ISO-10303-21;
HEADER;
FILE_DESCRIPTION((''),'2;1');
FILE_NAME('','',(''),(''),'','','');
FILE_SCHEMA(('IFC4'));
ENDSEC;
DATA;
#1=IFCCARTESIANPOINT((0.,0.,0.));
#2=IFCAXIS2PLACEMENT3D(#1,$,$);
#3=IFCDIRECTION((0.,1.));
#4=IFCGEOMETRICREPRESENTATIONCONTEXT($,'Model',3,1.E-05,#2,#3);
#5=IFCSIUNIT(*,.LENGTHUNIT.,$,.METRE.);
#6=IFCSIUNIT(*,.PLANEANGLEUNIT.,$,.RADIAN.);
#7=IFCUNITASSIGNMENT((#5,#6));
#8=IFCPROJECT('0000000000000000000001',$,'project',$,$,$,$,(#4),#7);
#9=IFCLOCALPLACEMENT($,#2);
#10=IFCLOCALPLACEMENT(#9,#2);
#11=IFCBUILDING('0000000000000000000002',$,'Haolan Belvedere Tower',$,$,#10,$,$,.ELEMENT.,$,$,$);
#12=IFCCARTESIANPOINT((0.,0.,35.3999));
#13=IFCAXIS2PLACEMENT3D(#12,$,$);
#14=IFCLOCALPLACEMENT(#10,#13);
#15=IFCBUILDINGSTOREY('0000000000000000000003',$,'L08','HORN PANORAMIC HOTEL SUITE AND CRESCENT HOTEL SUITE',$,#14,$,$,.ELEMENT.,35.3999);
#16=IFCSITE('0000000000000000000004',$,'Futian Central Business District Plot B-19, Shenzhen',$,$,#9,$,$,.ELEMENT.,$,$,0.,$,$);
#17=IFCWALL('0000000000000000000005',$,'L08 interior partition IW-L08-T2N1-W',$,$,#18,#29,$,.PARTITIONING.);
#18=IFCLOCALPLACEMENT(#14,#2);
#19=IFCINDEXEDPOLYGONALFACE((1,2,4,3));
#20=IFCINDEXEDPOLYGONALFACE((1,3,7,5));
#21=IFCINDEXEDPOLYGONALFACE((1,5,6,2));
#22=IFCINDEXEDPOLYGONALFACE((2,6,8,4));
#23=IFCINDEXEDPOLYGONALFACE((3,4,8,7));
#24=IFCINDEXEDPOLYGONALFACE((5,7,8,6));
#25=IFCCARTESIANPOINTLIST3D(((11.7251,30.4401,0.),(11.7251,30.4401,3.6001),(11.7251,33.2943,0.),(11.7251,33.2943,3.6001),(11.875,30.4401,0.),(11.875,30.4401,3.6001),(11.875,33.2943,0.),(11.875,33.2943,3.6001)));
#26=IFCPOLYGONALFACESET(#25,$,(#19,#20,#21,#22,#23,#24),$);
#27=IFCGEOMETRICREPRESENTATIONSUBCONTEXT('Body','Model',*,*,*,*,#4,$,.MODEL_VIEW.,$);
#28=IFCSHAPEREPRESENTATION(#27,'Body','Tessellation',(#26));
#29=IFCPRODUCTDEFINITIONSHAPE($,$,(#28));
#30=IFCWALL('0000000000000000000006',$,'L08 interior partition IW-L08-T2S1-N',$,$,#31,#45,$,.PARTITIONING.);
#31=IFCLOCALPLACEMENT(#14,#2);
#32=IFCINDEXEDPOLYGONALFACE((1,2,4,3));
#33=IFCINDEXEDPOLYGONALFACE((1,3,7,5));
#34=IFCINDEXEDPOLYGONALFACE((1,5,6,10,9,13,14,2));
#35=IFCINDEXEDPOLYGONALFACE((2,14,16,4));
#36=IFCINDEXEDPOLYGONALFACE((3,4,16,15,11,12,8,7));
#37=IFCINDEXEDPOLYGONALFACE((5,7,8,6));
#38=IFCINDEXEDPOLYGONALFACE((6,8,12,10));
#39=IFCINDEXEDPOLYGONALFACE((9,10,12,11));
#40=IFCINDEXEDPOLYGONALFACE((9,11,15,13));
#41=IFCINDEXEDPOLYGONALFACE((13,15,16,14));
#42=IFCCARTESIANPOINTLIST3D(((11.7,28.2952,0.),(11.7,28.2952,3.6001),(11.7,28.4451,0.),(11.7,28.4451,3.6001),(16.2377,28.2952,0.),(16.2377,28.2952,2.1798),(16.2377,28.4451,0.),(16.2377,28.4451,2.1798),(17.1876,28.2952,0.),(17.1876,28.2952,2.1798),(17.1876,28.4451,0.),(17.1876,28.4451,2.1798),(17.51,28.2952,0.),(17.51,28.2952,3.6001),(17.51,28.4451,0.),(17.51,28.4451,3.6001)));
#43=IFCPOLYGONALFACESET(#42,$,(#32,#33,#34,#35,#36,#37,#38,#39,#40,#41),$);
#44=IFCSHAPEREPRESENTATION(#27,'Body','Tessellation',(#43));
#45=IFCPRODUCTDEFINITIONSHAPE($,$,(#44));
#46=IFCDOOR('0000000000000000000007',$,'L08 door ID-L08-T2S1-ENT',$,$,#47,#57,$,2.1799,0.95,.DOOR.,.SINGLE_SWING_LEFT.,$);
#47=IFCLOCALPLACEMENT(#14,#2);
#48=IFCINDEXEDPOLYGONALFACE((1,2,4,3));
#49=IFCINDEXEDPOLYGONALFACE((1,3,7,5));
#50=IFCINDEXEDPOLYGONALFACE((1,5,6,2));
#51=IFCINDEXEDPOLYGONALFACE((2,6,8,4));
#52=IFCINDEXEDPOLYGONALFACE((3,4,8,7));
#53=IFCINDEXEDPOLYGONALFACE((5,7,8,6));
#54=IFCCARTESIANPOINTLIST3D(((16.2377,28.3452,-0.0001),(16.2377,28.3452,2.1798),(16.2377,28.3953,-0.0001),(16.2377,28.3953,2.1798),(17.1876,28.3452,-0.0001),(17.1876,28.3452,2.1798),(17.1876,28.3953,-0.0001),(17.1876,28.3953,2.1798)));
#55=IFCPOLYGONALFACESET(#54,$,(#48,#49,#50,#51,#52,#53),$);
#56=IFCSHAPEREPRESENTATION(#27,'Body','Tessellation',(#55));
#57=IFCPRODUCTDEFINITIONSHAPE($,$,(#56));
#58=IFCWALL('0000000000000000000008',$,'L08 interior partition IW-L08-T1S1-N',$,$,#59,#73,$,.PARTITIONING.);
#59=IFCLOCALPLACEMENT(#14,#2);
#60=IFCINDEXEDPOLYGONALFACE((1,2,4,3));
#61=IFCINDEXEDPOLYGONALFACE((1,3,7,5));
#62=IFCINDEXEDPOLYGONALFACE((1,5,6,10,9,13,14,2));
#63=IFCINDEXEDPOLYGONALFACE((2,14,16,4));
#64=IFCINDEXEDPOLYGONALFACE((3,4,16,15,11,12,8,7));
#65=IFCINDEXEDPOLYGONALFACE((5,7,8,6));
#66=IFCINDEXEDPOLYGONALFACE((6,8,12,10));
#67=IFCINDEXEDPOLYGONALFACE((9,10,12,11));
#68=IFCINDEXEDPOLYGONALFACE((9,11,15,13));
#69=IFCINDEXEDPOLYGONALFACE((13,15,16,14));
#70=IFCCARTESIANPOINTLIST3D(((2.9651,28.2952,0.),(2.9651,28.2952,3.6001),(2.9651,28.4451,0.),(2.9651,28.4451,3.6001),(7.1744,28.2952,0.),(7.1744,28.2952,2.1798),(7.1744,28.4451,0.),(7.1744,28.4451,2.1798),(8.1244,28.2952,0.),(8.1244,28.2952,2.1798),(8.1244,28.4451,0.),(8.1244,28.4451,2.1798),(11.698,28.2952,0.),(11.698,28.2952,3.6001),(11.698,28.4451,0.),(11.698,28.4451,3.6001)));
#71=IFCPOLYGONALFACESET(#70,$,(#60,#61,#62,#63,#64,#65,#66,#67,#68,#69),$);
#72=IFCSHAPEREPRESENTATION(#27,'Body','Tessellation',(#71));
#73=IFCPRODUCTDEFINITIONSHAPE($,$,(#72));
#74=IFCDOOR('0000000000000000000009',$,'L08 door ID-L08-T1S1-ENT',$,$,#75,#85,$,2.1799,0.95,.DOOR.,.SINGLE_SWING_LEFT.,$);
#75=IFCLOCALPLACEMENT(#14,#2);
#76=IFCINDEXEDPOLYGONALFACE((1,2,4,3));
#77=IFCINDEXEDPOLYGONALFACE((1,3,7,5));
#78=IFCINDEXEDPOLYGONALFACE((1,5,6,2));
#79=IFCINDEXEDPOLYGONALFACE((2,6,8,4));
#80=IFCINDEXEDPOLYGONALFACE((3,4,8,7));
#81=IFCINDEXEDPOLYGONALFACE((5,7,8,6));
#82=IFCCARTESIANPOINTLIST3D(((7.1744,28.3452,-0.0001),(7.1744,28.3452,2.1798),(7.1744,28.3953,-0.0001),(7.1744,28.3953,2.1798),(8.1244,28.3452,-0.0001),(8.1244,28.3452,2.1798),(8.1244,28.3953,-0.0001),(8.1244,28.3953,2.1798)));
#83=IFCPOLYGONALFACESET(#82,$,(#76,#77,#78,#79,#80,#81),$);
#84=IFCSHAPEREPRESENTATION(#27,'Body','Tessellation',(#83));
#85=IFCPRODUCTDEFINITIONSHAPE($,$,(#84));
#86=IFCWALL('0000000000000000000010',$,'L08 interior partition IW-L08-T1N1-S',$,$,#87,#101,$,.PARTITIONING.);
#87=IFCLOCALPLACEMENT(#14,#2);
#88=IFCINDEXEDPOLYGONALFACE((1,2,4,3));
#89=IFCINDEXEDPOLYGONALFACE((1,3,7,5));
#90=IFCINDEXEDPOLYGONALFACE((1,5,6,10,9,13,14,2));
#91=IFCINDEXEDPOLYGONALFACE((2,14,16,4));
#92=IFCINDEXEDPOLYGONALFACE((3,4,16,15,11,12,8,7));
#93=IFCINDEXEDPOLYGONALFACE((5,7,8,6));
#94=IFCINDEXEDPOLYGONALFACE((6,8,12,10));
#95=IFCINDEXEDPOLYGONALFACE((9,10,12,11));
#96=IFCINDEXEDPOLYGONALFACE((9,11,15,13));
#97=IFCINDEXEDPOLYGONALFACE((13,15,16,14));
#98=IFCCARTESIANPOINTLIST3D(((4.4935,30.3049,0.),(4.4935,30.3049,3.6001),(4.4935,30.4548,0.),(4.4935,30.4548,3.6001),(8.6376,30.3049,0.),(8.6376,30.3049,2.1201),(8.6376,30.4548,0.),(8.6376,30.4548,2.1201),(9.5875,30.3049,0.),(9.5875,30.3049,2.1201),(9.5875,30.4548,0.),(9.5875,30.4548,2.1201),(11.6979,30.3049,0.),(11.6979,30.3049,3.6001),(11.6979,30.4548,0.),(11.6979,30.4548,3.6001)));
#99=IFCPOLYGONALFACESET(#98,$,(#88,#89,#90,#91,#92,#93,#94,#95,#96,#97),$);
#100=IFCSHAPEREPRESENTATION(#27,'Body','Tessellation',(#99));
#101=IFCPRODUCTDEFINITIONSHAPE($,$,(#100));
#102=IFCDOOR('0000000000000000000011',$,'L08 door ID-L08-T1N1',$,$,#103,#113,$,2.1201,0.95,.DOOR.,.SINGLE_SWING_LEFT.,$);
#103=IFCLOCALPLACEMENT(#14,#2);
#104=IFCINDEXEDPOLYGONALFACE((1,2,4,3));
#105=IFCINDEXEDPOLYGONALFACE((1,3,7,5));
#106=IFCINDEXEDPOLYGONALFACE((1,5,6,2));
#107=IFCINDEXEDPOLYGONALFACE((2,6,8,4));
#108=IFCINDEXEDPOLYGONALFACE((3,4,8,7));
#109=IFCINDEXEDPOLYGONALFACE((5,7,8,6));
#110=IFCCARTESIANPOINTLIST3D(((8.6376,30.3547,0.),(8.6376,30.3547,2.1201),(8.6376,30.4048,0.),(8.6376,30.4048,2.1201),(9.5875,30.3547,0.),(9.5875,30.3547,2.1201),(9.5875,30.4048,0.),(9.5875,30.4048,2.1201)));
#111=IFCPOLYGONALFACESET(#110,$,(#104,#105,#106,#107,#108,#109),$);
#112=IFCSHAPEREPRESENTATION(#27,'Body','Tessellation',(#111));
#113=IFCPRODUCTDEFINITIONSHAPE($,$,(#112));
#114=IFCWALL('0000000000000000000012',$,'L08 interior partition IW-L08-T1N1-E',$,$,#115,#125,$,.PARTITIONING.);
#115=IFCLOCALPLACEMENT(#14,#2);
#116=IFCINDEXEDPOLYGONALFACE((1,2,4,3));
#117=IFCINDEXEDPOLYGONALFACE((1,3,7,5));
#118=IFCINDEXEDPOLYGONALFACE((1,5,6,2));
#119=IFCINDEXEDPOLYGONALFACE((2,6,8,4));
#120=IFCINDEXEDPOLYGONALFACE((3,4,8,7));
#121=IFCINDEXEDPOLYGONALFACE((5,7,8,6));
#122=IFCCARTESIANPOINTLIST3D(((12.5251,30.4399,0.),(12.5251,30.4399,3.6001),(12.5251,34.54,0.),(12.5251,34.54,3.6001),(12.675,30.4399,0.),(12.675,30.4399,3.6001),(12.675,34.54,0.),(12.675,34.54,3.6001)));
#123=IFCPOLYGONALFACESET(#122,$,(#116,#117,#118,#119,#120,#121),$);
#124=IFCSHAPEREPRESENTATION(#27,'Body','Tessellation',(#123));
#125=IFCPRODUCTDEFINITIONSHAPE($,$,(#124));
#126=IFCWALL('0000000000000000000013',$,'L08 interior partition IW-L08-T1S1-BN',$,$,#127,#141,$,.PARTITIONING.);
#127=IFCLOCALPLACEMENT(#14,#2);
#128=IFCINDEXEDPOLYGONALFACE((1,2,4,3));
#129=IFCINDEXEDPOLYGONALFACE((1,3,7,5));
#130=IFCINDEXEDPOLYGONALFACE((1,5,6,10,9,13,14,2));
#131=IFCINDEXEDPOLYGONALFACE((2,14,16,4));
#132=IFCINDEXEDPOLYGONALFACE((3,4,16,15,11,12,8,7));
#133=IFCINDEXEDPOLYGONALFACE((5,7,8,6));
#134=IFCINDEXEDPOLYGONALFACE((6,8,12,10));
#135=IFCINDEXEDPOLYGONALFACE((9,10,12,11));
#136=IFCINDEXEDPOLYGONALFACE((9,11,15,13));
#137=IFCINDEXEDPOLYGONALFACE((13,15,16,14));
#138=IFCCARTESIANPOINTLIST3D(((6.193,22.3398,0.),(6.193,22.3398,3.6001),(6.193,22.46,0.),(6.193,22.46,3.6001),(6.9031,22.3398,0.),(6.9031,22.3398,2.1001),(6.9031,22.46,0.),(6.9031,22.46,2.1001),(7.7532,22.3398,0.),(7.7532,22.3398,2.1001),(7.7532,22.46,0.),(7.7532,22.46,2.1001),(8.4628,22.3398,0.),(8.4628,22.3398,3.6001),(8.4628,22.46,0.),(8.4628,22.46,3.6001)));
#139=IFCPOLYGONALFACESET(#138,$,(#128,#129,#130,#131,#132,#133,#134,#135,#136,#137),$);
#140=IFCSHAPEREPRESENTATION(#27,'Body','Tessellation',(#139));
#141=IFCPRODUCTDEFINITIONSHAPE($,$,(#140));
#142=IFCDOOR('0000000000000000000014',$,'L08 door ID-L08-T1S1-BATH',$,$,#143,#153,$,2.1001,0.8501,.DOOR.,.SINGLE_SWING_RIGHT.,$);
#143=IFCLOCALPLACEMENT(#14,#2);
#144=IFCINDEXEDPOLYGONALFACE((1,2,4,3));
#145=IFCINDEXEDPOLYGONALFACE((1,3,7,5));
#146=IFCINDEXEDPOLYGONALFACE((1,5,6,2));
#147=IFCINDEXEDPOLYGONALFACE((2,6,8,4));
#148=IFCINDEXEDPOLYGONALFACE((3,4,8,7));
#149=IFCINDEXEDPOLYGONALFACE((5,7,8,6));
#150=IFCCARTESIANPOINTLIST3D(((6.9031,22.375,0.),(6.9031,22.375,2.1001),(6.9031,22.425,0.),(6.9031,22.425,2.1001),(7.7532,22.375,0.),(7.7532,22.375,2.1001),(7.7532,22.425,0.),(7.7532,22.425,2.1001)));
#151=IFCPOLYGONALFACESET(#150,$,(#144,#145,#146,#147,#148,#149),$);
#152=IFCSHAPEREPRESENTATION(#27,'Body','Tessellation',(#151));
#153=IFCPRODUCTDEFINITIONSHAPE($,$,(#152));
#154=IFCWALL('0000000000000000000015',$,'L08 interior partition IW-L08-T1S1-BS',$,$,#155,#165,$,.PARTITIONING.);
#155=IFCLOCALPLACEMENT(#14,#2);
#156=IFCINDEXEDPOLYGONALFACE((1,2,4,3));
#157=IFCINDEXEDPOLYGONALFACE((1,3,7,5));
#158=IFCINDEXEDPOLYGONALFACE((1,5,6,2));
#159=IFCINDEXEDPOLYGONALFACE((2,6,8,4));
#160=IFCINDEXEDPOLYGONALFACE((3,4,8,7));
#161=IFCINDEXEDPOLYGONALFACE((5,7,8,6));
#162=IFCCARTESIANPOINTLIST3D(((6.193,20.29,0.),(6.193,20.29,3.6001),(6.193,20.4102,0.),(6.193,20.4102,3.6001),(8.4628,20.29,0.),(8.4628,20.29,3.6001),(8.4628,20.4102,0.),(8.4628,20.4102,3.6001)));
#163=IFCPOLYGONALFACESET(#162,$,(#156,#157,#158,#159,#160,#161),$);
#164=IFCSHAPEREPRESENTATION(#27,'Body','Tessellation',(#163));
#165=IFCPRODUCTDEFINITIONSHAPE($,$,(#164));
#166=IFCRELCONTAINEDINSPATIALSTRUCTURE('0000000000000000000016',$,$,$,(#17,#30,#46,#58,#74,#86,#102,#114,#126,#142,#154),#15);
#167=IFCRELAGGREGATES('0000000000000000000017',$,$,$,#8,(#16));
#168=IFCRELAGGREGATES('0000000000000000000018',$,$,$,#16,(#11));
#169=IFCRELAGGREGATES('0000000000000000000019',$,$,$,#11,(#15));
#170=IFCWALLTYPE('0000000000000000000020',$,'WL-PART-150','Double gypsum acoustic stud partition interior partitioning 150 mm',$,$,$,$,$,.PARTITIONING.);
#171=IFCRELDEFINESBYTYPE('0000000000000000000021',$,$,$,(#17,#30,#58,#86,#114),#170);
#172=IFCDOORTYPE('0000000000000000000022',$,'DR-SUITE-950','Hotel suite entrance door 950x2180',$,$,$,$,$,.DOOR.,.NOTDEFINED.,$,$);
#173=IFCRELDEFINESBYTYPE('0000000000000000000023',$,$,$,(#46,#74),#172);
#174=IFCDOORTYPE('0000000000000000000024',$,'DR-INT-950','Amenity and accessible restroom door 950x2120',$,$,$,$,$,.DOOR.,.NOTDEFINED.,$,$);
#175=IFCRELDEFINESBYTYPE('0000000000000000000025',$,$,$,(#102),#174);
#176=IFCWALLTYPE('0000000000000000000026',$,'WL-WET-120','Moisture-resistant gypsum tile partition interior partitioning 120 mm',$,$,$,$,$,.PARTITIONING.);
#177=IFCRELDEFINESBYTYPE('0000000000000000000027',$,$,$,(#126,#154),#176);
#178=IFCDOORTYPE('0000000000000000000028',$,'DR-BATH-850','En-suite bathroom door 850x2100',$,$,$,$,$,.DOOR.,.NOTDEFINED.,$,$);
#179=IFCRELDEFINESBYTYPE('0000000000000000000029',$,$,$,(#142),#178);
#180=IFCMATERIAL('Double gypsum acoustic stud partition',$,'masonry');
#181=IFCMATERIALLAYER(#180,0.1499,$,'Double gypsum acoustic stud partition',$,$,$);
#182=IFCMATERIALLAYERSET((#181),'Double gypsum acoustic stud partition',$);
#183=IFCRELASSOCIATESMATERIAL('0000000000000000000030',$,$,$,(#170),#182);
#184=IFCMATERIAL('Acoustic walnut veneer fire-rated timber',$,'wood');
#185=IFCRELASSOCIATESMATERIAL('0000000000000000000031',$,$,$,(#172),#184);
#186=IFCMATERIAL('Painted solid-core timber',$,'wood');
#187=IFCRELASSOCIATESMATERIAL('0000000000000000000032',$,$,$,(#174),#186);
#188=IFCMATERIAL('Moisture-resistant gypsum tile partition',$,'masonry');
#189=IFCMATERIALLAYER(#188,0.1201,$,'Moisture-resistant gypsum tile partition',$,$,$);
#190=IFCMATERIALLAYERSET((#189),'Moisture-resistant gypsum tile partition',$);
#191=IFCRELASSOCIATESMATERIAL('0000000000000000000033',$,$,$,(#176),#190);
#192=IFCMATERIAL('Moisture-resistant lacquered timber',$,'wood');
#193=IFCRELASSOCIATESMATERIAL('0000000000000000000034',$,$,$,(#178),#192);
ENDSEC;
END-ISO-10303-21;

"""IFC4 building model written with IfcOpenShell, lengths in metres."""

from ifc_helpers import new_model, si_unit, direction, frame, frame_2d, origin, place, context, subcontext, project, spatial, rectangle, extrude, material, layer, layer_set, type_object, element, fill, save


model = new_model("IFC4")

# Units and contexts
model_context = context("Model", 3, precision=1e-05, world=origin(), true_north=direction((0.0, 1.0)))
body_context = subcontext(model_context, "Body", "Model", "MODEL_VIEW")
ifc_project = project(units=[si_unit("LENGTHUNIT", "METRE"), si_unit("PLANEANGLEUNIT", "RADIAN")], contexts=[model_context])

# Site, building, storey
site_placement = place(None, origin())
site = spatial("IfcSite", under=ifc_project, at=site_placement, Name="Futian Central Business District Plot B-19, Shenzhen", CompositionType="ELEMENT", RefElevation=0.0)
building_placement = place(site_placement, origin())
building = spatial("IfcBuilding", under=site, at=building_placement, Name="Haolan Belvedere Tower", CompositionType="ELEMENT")
storey_placement = place(building_placement, frame((0.0, 0.0, 35.3999)))
storey = spatial("IfcBuildingStorey", under=building, at=storey_placement, Name="L08", Description="HORN PANORAMIC HOTEL SUITE AND CRESCENT HOTEL SUITE", CompositionType="ELEMENT", Elevation=35.3999)

# Shared definitions
ifc_material_1 = material(Name="Double gypsum acoustic stud partition", Category="masonry")
ifc_layer_1 = layer(ifc_material_1, 0.1499, Name="Double gypsum acoustic stud partition")
ifc_layer_set_1 = layer_set([ifc_layer_1], Name="Double gypsum acoustic stud partition")
wall_type_1 = type_object("IfcWallType", Name="WL-PART-150", Description="Double gypsum acoustic stud partition interior partitioning 150 mm", PredefinedType="PARTITIONING", material=ifc_layer_set_1)
ifc_material_2 = material(Name="Acoustic walnut veneer fire-rated timber", Category="wood")
door_type_1 = type_object("IfcDoorType", Name="DR-SUITE-950", Description="Hotel suite entrance door 950x2180", OperationType="NOTDEFINED", PredefinedType="DOOR", material=ifc_material_2)

# Wall
wall_1_placement = place(storey_placement, frame((11.8, 30.4399, 0.0), z_axis=(0.0, 0.0, 1.0), x_axis=(0.0, 1.0, 0.0)))
element("IfcWall", 1, at=wall_1_placement, inside=storey, type_object=wall_type_1, Name="L08 interior partition IW-L08-T2N1-W", PredefinedType="PARTITIONING", context=body_context, shape_type="SweptSolid", body=[
    extrude(rectangle(XDim=2.8542, YDim=0.1499, at=frame_2d((1.4272, 0.0))), origin(), (0.0, 0.0, 1.0), 3.6001),
])

# Walls, openings, doors
wall_2_placement = place(storey_placement, frame((11.7, 28.3701, 0.0), z_axis=(0.0, 0.0, 1.0), x_axis=(1.0, 0.0, 0.0)))
wall_2 = element("IfcWall", 2, at=wall_2_placement, inside=storey, type_object=wall_type_1, Name="L08 interior partition IW-L08-T2S1-N", PredefinedType="PARTITIONING", context=body_context, shape_type="SweptSolid", body=[
    extrude(rectangle(XDim=5.8101, YDim=0.1499, at=frame_2d((2.905, 0.0))), origin(), (0.0, 0.0, 1.0), 3.6001),
])
opening_1_placement = place(wall_2_placement, frame((5.4878, 0.0, 0.0), z_axis=(0.0, 0.0, 1.0), x_axis=(-1.0, 0.0, 0.0)))
opening_1 = element("IfcOpeningElement", 3, at=opening_1_placement, cuts=wall_2, PredefinedType="OPENING", context=body_context, shape_type="SweptSolid", body=[
    extrude(rectangle(XDim=0.95, YDim=2.1799, at=frame_2d((0.4751, 1.0898))), frame((0.0, 0.085, 0.0), z_axis=(0.0, -1.0, 0.0), x_axis=(1.0, 0.0, 0.0)), (0.0, 0.0, 1.0), 0.1699),
])
door_1_placement = place(opening_1_placement, origin())
door_1 = element("IfcDoor", 4, at=door_1_placement, inside=storey, type_object=door_type_1, Name="L08 door ID-L08-T2S1-ENT", OperationType="SINGLE_SWING_LEFT", OverallHeight=2.1799, OverallWidth=0.95, PredefinedType="DOOR", context=body_context, shape_type="SweptSolid", body=[
    extrude(rectangle(XDim=0.95, YDim=2.1799, at=frame_2d((0.4751, 1.0898))), frame((0.0, 0.0249, 0.0), z_axis=(0.0, -1.0, 0.0), x_axis=(1.0, 0.0, 0.0)), (0.0, 0.0, 1.0), 0.05),
])
fill(opening_1, door_1)
wall_3_placement = place(storey_placement, frame((2.9651, 28.3701, 0.0), z_axis=(0.0, 0.0, 1.0), x_axis=(1.0, 0.0, 0.0)))
wall_3 = element("IfcWall", 5, at=wall_3_placement, inside=storey, type_object=wall_type_1, Name="L08 interior partition IW-L08-T1S1-N", PredefinedType="PARTITIONING", context=body_context, shape_type="SweptSolid", body=[
    extrude(rectangle(XDim=8.7329, YDim=0.1499, at=frame_2d((4.3665, 0.0))), origin(), (0.0, 0.0, 1.0), 3.6001),
])
opening_2_placement = place(wall_3_placement, frame((5.1594, 0.0, 0.0), z_axis=(0.0, 0.0, 1.0), x_axis=(-1.0, 0.0, 0.0)))
opening_2 = element("IfcOpeningElement", 6, at=opening_2_placement, cuts=wall_3, PredefinedType="OPENING", context=body_context, shape_type="SweptSolid", body=[
    extrude(rectangle(XDim=0.95, YDim=2.1799, at=frame_2d((0.4751, 1.0898))), frame((0.0, 0.085, 0.0), z_axis=(0.0, -1.0, 0.0), x_axis=(1.0, 0.0, 0.0)), (0.0, 0.0, 1.0), 0.1699),
])
door_2_placement = place(opening_2_placement, origin())
door_2 = element("IfcDoor", 7, at=door_2_placement, inside=storey, type_object=door_type_1, Name="L08 door ID-L08-T1S1-ENT", OperationType="SINGLE_SWING_LEFT", OverallHeight=2.1799, OverallWidth=0.95, PredefinedType="DOOR", context=body_context, shape_type="SweptSolid", body=[
    extrude(rectangle(XDim=0.95, YDim=2.1799, at=frame_2d((0.4751, 1.0898))), frame((0.0, 0.0249, 0.0), z_axis=(0.0, -1.0, 0.0), x_axis=(1.0, 0.0, 0.0)), (0.0, 0.0, 1.0), 0.05),
])
fill(opening_2, door_2)
wall_4_placement = place(storey_placement, frame((4.4937, 30.3799, 0.0), z_axis=(0.0, 0.0, 1.0), x_axis=(1.0, 0.0, 0.0)))
wall_4 = element("IfcWall", 8, at=wall_4_placement, inside=storey, type_object=wall_type_1, Name="L08 interior partition IW-L08-T1N1-S", PredefinedType="PARTITIONING", context=body_context, shape_type="SweptSolid", body=[
    extrude(rectangle(XDim=7.2043, YDim=0.1499, at=frame_2d((3.6021, 0.0))), origin(), (0.0, 0.0, 1.0), 3.6001),
])
opening_3_placement = place(wall_4_placement, frame((4.1438, 0.0, 0.0)))
opening_3 = element("IfcOpeningElement", 9, at=opening_3_placement, cuts=wall_4, PredefinedType="OPENING", context=body_context, shape_type="SweptSolid", body=[
    extrude(rectangle(XDim=0.95, YDim=2.1201, at=frame_2d((0.4751, 1.0601))), frame((0.0, 0.085, 0.0), z_axis=(0.0, -1.0, 0.0), x_axis=(1.0, 0.0, 0.0)), (0.0, 0.0, 1.0), 0.1699),
])
ifc_material_3 = material(Name="Painted solid-core timber", Category="wood")
door_type_2 = type_object("IfcDoorType", Name="DR-INT-950", Description="Amenity and accessible restroom door 950x2120", OperationType="NOTDEFINED", PredefinedType="DOOR", material=ifc_material_3)
door_3_placement = place(opening_3_placement, origin())
door_3 = element("IfcDoor", 10, at=door_3_placement, inside=storey, type_object=door_type_2, Name="L08 door ID-L08-T1N1", OperationType="SINGLE_SWING_LEFT", OverallHeight=2.1201, OverallWidth=0.95, PredefinedType="DOOR", context=body_context, shape_type="SweptSolid", body=[
    extrude(rectangle(XDim=0.95, YDim=2.1201, at=frame_2d((0.4751, 1.0601))), frame((0.0, 0.0249, 0.0), z_axis=(0.0, -1.0, 0.0), x_axis=(1.0, 0.0, 0.0)), (0.0, 0.0, 1.0), 0.05),
])
fill(opening_3, door_3)

# Wall
wall_5_placement = place(storey_placement, frame((12.6001, 30.4399, 0.0), z_axis=(0.0, 0.0, 1.0), x_axis=(0.0, 1.0, 0.0)))
element("IfcWall", 11, at=wall_5_placement, inside=storey, type_object=wall_type_1, Name="L08 interior partition IW-L08-T1N1-E", PredefinedType="PARTITIONING", context=body_context, shape_type="SweptSolid", body=[
    extrude(rectangle(XDim=4.1001, YDim=0.1499, at=frame_2d((2.05, 0.0))), origin(), (0.0, 0.0, 1.0), 3.6001),
])

# Wall, opening, door
ifc_material_4 = material(Name="Moisture-resistant gypsum tile partition", Category="masonry")
ifc_layer_2 = layer(ifc_material_4, 0.1201, Name="Moisture-resistant gypsum tile partition")
ifc_layer_set_2 = layer_set([ifc_layer_2], Name="Moisture-resistant gypsum tile partition")
wall_type_2 = type_object("IfcWallType", Name="WL-WET-120", Description="Moisture-resistant gypsum tile partition interior partitioning 120 mm", PredefinedType="PARTITIONING", material=ifc_layer_set_2)
wall_6_placement = place(storey_placement, frame((6.1931, 22.3999, 0.0), z_axis=(0.0, 0.0, 1.0), x_axis=(1.0, 0.0, 0.0)))
wall_6 = element("IfcWall", 12, at=wall_6_placement, inside=storey, type_object=wall_type_2, Name="L08 interior partition IW-L08-T1S1-BN", PredefinedType="PARTITIONING", context=body_context, shape_type="SweptSolid", body=[
    extrude(rectangle(XDim=2.2698, YDim=0.1201, at=frame_2d((1.1348, 0.0))), origin(), (0.0, 0.0, 1.0), 3.6001),
])
opening_4_placement = place(wall_6_placement, frame((1.5601, 0.0, 0.0), z_axis=(0.0, 0.0, 1.0), x_axis=(-1.0, 0.0, 0.0)))
opening_4 = element("IfcOpeningElement", 13, at=opening_4_placement, cuts=wall_6, PredefinedType="OPENING", context=body_context, shape_type="SweptSolid", body=[
    extrude(rectangle(XDim=0.8501, YDim=2.1001, at=frame_2d((0.425, 1.05))), frame((0.0, 0.0701, 0.0), z_axis=(0.0, -1.0, 0.0), x_axis=(1.0, 0.0, 0.0)), (0.0, 0.0, 1.0), 0.1401),
])
ifc_material_5 = material(Name="Moisture-resistant lacquered timber", Category="wood")
door_type_3 = type_object("IfcDoorType", Name="DR-BATH-850", Description="En-suite bathroom door 850x2100", OperationType="NOTDEFINED", PredefinedType="DOOR", material=ifc_material_5)
door_4_placement = place(opening_4_placement, origin())
door_4 = element("IfcDoor", 14, at=door_4_placement, inside=storey, type_object=door_type_3, Name="L08 door ID-L08-T1S1-BATH", OperationType="SINGLE_SWING_RIGHT", OverallHeight=2.1001, OverallWidth=0.8501, PredefinedType="DOOR", context=body_context, shape_type="SweptSolid", body=[
    extrude(rectangle(XDim=0.8501, YDim=2.1001, at=frame_2d((0.425, 1.05))), frame((0.0, 0.0249, 0.0), z_axis=(0.0, -1.0, 0.0), x_axis=(1.0, 0.0, 0.0)), (0.0, 0.0, 1.0), 0.05),
])
fill(opening_4, door_4)

# Wall
wall_7_placement = place(storey_placement, frame((6.1931, 20.3501, 0.0), z_axis=(0.0, 0.0, 1.0), x_axis=(1.0, 0.0, 0.0)))
element("IfcWall", 15, at=wall_7_placement, inside=storey, type_object=wall_type_2, Name="L08 interior partition IW-L08-T1S1-BS", PredefinedType="PARTITIONING", context=body_context, shape_type="SweptSolid", body=[
    extrude(rectangle(XDim=2.2698, YDim=0.1201, at=frame_2d((1.1348, 0.0))), origin(), (0.0, 0.0, 1.0), 3.6001),
])

save(model, "model.ifc")
